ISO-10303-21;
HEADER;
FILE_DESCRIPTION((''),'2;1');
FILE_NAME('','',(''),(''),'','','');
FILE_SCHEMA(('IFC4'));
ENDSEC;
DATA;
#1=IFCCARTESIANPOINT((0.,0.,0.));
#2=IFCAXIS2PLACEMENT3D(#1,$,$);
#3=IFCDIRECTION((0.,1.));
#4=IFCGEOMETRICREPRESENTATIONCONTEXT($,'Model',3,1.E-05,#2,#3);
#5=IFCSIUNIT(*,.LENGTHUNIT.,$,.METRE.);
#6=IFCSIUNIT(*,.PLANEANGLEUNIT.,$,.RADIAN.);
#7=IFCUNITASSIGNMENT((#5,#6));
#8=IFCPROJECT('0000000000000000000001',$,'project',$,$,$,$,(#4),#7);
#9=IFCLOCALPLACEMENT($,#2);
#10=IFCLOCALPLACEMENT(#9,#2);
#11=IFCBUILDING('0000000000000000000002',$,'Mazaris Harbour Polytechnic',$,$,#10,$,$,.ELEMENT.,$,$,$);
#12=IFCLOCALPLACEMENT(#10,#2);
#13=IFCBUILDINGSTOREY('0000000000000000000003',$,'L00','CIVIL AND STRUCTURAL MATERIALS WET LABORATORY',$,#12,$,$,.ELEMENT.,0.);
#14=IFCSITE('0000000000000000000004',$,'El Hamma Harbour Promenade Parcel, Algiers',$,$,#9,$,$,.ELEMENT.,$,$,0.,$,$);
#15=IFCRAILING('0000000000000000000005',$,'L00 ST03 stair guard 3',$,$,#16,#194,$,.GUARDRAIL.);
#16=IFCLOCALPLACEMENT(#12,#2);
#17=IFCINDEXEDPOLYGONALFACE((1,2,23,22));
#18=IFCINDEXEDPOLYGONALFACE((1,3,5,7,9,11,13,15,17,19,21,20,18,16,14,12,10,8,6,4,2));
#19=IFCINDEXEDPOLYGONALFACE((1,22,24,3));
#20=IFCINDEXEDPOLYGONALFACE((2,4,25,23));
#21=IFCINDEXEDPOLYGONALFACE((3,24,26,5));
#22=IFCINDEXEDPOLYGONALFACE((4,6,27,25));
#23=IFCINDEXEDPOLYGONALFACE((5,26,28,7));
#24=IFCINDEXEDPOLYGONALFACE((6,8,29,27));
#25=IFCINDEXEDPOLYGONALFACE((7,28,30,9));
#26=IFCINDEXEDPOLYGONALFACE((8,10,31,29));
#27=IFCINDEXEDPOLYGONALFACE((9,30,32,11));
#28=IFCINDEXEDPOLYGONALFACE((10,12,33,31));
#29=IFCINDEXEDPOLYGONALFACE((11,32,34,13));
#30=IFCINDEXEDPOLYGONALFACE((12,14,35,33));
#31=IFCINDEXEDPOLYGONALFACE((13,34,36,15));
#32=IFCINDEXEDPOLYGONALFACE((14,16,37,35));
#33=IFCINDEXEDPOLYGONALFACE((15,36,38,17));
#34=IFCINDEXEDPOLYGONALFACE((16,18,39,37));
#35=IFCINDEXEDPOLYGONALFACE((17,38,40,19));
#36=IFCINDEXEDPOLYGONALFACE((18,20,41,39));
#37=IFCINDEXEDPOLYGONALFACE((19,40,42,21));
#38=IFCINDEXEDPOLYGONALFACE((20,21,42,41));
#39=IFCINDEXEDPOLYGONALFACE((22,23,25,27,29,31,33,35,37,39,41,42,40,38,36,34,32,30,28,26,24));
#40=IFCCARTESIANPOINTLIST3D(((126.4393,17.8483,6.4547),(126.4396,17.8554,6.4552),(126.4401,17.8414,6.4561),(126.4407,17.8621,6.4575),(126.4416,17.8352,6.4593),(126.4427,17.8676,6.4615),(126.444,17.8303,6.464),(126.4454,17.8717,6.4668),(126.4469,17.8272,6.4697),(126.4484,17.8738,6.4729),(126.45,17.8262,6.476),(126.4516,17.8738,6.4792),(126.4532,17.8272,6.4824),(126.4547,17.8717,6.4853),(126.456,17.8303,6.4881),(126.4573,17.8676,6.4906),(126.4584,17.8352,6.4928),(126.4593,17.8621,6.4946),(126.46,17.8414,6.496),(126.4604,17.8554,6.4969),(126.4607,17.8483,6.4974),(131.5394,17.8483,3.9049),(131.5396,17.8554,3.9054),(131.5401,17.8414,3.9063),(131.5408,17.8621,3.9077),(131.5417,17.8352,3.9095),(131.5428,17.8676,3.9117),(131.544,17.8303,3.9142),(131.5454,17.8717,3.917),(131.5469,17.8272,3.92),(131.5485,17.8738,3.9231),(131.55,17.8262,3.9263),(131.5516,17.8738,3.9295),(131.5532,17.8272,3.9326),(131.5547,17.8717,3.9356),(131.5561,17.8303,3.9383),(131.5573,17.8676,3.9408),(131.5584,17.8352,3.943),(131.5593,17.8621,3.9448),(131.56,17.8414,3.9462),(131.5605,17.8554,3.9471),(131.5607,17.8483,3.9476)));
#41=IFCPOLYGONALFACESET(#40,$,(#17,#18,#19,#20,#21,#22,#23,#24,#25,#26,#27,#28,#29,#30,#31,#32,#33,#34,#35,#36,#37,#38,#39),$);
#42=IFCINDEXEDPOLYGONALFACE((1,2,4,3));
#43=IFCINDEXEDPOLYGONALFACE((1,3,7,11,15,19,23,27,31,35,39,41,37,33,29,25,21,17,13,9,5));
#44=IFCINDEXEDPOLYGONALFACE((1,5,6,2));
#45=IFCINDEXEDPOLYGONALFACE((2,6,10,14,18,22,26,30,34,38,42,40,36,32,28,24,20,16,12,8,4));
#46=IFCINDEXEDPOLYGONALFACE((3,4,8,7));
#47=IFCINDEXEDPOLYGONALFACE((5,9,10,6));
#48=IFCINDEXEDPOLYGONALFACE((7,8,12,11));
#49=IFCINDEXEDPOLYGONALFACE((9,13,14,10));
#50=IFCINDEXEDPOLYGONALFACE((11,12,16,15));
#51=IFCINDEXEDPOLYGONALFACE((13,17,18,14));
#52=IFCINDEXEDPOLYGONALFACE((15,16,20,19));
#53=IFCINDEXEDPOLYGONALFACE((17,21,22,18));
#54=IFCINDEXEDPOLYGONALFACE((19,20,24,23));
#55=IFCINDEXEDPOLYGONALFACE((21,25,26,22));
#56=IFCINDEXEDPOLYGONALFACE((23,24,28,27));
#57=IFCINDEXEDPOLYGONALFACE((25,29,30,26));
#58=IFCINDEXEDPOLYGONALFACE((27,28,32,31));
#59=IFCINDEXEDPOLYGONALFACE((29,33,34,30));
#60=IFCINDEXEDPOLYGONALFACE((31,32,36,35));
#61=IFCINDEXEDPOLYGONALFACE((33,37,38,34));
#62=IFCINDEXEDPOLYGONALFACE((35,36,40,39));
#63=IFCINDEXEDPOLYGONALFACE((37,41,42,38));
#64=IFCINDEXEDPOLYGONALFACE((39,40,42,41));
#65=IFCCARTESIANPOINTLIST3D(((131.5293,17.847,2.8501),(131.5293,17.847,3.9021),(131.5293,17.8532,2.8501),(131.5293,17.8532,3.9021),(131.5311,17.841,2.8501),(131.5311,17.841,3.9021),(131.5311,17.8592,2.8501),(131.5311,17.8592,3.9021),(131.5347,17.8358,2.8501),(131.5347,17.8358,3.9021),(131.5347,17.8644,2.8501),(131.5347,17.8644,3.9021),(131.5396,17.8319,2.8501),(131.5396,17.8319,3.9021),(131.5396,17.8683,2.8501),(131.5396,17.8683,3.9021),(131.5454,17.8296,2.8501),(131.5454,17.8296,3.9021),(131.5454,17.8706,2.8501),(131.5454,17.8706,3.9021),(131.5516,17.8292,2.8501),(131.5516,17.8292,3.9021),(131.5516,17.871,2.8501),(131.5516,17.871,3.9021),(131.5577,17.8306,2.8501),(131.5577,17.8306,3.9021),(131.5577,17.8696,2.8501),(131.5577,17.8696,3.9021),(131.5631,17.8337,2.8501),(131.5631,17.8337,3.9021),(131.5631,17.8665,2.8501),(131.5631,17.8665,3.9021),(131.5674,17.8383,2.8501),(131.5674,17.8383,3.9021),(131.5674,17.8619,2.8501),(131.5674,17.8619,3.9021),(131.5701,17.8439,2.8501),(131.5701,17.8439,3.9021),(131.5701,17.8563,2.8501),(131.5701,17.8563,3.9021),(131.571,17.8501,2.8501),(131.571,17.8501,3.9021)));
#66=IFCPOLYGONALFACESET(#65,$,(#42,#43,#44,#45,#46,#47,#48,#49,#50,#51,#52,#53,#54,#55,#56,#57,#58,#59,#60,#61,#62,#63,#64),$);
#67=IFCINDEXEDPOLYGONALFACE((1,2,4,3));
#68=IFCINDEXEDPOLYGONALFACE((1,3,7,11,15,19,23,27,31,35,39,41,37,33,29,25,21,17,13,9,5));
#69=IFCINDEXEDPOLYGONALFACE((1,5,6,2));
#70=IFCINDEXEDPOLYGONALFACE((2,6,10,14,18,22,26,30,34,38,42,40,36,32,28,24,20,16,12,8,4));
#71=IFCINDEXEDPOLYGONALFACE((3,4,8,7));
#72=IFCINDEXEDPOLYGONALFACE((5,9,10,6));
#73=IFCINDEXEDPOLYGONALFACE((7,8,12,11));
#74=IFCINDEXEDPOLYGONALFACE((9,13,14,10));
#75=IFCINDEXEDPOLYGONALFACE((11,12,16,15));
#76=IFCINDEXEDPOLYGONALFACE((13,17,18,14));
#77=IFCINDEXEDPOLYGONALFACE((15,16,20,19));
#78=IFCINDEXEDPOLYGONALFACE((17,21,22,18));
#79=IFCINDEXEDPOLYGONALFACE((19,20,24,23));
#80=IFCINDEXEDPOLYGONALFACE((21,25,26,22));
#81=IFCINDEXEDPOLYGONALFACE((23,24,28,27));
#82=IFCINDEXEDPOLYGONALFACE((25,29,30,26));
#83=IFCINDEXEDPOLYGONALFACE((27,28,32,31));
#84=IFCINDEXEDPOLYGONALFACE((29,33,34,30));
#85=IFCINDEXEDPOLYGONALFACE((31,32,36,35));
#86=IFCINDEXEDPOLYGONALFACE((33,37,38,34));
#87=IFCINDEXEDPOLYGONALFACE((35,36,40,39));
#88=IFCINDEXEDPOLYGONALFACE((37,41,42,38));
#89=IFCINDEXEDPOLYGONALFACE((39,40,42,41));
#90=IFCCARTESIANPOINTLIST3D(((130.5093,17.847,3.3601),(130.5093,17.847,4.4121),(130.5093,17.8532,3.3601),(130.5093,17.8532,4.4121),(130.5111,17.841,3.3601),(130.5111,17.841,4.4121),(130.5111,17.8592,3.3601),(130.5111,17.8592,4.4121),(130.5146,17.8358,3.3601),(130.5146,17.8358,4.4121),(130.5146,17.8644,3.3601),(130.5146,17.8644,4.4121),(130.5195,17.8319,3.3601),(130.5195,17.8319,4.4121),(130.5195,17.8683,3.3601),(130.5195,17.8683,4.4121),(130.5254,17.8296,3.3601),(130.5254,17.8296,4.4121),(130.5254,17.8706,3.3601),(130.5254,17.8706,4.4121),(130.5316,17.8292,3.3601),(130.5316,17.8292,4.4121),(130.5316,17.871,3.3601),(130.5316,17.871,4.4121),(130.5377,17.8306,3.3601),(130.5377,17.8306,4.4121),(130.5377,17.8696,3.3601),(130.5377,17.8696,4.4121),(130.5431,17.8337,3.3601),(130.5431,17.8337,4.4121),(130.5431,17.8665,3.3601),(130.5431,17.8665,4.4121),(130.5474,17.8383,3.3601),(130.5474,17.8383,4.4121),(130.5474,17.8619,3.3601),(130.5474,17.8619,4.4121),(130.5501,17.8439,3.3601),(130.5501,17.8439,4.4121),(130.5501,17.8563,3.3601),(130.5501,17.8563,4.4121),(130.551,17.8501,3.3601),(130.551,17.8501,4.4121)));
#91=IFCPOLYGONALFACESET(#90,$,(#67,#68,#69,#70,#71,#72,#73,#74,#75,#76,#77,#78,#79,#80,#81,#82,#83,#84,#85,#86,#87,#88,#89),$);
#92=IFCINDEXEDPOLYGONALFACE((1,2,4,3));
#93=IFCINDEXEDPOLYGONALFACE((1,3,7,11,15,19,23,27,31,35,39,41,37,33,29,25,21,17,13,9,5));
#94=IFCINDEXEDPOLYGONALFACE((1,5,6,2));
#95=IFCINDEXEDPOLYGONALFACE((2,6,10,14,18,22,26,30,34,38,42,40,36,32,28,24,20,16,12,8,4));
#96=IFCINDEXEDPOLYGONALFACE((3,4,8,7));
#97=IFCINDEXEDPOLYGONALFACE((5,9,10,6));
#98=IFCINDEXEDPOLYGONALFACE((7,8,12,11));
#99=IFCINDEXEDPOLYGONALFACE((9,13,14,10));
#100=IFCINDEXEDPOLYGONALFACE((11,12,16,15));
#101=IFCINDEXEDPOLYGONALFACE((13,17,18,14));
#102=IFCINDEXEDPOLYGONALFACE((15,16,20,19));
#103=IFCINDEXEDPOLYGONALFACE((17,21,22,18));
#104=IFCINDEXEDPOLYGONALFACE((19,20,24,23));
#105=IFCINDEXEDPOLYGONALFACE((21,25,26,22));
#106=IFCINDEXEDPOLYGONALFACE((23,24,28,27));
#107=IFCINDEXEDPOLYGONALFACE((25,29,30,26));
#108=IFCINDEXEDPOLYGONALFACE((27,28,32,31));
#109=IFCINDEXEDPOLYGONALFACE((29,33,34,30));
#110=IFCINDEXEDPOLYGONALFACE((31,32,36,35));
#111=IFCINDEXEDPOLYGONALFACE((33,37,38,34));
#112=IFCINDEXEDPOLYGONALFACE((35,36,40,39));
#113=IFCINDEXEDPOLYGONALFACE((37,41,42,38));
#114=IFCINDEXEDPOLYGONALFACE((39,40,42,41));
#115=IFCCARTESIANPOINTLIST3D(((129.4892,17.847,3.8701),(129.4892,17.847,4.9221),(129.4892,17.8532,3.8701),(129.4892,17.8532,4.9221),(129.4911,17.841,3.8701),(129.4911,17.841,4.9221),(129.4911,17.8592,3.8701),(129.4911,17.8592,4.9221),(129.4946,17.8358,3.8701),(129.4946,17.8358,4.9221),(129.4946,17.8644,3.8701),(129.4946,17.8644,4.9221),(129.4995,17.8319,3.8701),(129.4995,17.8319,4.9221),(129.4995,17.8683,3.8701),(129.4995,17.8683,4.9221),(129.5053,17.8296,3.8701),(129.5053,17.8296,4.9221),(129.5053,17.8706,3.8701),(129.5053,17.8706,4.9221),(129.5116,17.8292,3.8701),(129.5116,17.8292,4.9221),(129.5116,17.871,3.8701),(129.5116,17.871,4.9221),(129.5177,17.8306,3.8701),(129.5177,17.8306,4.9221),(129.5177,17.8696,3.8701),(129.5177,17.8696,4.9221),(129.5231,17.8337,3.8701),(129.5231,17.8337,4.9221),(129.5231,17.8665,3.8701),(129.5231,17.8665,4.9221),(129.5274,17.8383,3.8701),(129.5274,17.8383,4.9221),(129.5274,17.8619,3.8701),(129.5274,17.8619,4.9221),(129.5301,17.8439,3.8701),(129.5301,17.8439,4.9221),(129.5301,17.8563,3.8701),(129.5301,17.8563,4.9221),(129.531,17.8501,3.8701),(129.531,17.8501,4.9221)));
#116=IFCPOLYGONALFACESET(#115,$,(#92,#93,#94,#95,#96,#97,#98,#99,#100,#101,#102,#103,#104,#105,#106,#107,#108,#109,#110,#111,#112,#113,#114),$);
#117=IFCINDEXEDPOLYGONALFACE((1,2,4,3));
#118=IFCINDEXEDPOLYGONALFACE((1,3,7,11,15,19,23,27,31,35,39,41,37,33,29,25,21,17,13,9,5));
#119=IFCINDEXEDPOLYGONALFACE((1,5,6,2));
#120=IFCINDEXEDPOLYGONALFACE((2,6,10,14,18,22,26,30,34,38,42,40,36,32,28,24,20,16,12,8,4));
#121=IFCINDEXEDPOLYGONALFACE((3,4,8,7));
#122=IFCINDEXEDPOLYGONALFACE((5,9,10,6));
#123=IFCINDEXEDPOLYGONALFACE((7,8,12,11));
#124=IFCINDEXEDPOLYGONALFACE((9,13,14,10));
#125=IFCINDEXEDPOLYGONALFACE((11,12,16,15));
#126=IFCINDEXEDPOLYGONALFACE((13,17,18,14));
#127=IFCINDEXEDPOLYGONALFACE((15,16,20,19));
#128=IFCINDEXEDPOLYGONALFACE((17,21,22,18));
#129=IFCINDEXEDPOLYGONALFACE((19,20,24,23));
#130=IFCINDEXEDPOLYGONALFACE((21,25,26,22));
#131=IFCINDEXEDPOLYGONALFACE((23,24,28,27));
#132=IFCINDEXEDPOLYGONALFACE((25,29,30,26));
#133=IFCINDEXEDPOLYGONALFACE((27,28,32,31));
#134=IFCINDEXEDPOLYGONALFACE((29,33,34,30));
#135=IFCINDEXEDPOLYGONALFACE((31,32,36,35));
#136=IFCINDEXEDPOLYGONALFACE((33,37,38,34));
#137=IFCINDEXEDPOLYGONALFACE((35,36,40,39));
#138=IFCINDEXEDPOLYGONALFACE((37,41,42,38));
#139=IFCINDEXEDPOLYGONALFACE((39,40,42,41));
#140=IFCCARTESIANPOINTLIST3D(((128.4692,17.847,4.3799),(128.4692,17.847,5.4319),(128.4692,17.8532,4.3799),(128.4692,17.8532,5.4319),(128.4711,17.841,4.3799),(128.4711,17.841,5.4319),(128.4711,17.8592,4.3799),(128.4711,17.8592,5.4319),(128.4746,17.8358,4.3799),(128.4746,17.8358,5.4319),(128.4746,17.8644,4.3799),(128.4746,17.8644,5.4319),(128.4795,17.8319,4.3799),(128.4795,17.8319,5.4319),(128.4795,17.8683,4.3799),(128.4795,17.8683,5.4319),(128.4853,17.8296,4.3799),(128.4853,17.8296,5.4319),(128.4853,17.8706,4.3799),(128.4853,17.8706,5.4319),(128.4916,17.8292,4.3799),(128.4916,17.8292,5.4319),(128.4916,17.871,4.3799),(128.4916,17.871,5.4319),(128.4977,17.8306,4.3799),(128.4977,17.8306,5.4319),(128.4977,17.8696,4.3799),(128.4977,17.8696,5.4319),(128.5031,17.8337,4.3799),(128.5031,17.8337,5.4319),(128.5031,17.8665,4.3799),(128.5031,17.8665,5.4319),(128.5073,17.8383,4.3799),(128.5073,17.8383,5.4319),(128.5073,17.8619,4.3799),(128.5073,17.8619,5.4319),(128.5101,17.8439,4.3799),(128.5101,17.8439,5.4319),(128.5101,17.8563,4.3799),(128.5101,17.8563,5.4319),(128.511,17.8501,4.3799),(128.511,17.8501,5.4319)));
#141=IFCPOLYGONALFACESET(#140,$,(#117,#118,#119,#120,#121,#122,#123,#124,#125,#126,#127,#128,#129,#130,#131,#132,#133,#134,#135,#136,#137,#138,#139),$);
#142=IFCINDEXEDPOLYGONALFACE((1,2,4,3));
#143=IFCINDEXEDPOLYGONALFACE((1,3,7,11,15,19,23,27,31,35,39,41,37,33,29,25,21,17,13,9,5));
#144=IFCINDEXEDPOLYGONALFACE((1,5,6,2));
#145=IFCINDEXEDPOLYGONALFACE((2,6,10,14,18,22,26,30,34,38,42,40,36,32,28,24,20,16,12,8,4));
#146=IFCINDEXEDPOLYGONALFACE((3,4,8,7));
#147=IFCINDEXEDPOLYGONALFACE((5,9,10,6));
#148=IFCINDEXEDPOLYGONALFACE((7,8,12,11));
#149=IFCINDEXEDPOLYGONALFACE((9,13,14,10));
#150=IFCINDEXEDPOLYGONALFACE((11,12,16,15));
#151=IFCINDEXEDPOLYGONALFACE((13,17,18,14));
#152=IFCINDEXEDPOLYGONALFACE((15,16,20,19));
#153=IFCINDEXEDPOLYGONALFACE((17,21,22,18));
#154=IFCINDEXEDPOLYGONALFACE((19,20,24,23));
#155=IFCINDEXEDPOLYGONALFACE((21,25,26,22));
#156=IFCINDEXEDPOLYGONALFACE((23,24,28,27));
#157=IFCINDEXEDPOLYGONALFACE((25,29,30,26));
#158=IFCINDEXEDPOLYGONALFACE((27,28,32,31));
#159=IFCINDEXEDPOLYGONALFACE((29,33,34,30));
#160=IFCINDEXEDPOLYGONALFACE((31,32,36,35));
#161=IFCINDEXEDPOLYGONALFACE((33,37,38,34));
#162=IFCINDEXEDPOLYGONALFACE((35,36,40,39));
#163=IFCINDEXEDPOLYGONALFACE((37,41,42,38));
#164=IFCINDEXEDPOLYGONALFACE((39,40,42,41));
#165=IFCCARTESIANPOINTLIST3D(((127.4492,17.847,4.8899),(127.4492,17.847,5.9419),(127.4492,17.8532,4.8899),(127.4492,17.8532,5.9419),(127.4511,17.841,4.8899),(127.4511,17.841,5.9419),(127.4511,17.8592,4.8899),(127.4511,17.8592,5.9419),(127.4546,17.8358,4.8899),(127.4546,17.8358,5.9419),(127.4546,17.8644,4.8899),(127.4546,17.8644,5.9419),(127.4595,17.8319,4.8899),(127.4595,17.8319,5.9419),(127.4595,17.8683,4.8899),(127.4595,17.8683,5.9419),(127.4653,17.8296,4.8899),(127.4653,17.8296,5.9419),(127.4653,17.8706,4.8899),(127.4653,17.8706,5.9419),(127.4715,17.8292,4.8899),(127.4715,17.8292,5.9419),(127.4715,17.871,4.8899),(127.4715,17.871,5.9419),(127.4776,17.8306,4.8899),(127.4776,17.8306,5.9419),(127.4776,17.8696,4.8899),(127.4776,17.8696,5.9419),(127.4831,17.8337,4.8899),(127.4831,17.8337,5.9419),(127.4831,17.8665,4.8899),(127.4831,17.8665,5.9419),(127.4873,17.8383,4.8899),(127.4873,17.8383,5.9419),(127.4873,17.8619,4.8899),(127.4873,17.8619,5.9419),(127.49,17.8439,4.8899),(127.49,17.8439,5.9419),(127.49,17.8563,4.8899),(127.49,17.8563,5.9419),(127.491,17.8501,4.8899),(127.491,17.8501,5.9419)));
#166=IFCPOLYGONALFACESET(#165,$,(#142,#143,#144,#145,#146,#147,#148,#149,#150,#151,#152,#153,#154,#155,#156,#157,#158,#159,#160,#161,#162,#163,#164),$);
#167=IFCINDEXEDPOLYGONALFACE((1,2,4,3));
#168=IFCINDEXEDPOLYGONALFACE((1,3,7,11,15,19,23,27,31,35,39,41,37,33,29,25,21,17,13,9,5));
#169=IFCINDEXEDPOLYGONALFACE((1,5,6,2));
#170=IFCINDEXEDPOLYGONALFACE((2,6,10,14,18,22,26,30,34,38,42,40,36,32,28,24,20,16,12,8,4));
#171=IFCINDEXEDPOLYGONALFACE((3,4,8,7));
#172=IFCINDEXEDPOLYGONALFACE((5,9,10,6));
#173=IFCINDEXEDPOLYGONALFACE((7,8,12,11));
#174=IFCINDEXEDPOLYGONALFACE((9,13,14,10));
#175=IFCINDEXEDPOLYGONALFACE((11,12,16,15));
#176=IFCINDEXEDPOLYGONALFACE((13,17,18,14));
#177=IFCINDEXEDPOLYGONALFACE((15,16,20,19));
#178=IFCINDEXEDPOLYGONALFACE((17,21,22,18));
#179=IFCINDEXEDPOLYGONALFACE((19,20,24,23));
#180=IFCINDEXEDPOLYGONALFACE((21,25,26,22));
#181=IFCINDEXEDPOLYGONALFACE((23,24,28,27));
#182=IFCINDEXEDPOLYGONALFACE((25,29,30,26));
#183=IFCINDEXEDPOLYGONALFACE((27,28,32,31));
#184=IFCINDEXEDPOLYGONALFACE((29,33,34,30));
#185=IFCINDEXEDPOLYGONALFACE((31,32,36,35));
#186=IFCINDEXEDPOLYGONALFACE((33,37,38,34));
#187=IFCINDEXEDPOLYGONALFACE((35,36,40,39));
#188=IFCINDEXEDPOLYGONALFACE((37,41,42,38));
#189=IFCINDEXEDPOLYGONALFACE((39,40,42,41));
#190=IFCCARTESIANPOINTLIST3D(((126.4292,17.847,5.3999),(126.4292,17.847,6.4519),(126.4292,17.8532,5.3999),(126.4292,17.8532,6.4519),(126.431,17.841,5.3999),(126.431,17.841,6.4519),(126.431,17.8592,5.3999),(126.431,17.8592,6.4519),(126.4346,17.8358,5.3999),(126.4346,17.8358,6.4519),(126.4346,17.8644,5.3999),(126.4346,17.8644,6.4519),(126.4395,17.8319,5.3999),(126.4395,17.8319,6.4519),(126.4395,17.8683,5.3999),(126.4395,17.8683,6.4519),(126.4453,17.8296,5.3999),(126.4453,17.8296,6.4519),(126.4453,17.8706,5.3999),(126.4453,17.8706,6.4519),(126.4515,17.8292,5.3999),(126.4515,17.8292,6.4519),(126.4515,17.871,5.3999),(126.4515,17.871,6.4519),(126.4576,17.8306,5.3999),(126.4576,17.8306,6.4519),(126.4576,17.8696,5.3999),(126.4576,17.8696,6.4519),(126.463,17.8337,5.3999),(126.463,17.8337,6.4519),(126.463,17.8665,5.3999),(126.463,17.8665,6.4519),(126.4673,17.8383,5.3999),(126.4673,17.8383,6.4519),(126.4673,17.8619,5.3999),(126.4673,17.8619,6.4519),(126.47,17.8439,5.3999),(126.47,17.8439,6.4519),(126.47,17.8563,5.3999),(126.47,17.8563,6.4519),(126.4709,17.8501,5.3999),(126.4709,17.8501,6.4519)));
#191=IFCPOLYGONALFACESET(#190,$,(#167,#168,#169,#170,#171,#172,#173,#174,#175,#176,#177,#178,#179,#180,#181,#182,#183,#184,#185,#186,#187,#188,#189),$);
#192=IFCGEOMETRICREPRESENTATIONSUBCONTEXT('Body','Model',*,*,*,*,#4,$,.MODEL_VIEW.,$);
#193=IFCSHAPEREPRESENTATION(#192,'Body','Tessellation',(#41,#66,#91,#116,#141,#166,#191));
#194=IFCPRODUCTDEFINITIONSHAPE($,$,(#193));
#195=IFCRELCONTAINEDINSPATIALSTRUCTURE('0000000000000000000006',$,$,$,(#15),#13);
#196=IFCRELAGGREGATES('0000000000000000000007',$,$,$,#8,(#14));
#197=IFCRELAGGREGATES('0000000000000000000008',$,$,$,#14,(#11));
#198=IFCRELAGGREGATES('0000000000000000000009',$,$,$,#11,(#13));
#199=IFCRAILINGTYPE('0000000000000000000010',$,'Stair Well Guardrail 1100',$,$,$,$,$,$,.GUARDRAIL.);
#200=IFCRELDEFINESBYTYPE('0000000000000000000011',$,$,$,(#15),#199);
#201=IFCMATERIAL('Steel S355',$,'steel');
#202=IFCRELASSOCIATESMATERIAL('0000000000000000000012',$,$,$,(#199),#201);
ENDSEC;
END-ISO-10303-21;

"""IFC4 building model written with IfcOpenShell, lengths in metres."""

from ifc_helpers import new_model, si_unit, direction, frame, origin, origin_2d, place, context, subcontext, project, spatial, circle, extrude, material, type_object, element, save


model = new_model("IFC4")

# Units and contexts
model_context = context("Model", 3, precision=1e-05, world=origin(), true_north=direction((0.0, 1.0)))
body_context = subcontext(model_context, "Body", "Model", "MODEL_VIEW")
ifc_project = project(units=[si_unit("LENGTHUNIT", "METRE"), si_unit("PLANEANGLEUNIT", "RADIAN")], contexts=[model_context])

# Site, building, storey
site_placement = place(None, origin())
site = spatial("IfcSite", under=ifc_project, at=site_placement, Name="El Hamma Harbour Promenade Parcel, Algiers", CompositionType="ELEMENT", RefElevation=0.0)
building_placement = place(site_placement, origin())
building = spatial("IfcBuilding", under=site, at=building_placement, Name="Mazaris Harbour Polytechnic", CompositionType="ELEMENT")
storey_placement = place(building_placement, origin())
storey = spatial("IfcBuildingStorey", under=building, at=storey_placement, Name="L00", Description="CIVIL AND STRUCTURAL MATERIALS WET LABORATORY", CompositionType="ELEMENT", Elevation=0.0)

# Railing
ifc_material_1 = material(Name="Steel S355", Category="steel")
railing_type_1 = type_object("IfcRailingType", Name="Stair Well Guardrail 1100", PredefinedType="GUARDRAIL", material=ifc_material_1)
railing_1_placement = place(storey_placement, frame((131.55, 17.8501, 2.8501)))
element("IfcRailing", 1, at=railing_1_placement, inside=storey, type_object=railing_type_1, Name="L00 ST03 stair guard 3", PredefinedType="GUARDRAIL", context=body_context, shape_type="SweptSolid", body=[
    extrude(circle(Radius=0.0239, at=origin_2d()), frame((0.0, 0.0, 1.0762), z_axis=(-0.894444, 0.0, 0.447179), x_axis=(0.0, -1.0, 0.0)), (0.0, 0.0, 1.0), 5.7019),
    extrude(circle(Radius=0.021, at=origin_2d()), origin(), (0.0, 0.0, 1.0), 1.052),
    extrude(circle(Radius=0.021, at=origin_2d()), frame((-1.02, 0.0, 0.51)), (0.0, 0.0, 1.0), 1.052),
    extrude(circle(Radius=0.021, at=origin_2d()), frame((-2.04, 0.0, 1.02)), (0.0, 0.0, 1.0), 1.052),
    extrude(circle(Radius=0.021, at=origin_2d()), frame((-3.0601, 0.0, 1.5298)), (0.0, 0.0, 1.0), 1.052),
    extrude(circle(Radius=0.021, at=origin_2d()), frame((-4.0801, 0.0, 2.0398)), (0.0, 0.0, 1.0), 1.052),
    extrude(circle(Radius=0.021, at=origin_2d()), frame((-5.1001, 0.0, 2.5498)), (0.0, 0.0, 1.0), 1.052),
])

save(model, "model.ifc")
